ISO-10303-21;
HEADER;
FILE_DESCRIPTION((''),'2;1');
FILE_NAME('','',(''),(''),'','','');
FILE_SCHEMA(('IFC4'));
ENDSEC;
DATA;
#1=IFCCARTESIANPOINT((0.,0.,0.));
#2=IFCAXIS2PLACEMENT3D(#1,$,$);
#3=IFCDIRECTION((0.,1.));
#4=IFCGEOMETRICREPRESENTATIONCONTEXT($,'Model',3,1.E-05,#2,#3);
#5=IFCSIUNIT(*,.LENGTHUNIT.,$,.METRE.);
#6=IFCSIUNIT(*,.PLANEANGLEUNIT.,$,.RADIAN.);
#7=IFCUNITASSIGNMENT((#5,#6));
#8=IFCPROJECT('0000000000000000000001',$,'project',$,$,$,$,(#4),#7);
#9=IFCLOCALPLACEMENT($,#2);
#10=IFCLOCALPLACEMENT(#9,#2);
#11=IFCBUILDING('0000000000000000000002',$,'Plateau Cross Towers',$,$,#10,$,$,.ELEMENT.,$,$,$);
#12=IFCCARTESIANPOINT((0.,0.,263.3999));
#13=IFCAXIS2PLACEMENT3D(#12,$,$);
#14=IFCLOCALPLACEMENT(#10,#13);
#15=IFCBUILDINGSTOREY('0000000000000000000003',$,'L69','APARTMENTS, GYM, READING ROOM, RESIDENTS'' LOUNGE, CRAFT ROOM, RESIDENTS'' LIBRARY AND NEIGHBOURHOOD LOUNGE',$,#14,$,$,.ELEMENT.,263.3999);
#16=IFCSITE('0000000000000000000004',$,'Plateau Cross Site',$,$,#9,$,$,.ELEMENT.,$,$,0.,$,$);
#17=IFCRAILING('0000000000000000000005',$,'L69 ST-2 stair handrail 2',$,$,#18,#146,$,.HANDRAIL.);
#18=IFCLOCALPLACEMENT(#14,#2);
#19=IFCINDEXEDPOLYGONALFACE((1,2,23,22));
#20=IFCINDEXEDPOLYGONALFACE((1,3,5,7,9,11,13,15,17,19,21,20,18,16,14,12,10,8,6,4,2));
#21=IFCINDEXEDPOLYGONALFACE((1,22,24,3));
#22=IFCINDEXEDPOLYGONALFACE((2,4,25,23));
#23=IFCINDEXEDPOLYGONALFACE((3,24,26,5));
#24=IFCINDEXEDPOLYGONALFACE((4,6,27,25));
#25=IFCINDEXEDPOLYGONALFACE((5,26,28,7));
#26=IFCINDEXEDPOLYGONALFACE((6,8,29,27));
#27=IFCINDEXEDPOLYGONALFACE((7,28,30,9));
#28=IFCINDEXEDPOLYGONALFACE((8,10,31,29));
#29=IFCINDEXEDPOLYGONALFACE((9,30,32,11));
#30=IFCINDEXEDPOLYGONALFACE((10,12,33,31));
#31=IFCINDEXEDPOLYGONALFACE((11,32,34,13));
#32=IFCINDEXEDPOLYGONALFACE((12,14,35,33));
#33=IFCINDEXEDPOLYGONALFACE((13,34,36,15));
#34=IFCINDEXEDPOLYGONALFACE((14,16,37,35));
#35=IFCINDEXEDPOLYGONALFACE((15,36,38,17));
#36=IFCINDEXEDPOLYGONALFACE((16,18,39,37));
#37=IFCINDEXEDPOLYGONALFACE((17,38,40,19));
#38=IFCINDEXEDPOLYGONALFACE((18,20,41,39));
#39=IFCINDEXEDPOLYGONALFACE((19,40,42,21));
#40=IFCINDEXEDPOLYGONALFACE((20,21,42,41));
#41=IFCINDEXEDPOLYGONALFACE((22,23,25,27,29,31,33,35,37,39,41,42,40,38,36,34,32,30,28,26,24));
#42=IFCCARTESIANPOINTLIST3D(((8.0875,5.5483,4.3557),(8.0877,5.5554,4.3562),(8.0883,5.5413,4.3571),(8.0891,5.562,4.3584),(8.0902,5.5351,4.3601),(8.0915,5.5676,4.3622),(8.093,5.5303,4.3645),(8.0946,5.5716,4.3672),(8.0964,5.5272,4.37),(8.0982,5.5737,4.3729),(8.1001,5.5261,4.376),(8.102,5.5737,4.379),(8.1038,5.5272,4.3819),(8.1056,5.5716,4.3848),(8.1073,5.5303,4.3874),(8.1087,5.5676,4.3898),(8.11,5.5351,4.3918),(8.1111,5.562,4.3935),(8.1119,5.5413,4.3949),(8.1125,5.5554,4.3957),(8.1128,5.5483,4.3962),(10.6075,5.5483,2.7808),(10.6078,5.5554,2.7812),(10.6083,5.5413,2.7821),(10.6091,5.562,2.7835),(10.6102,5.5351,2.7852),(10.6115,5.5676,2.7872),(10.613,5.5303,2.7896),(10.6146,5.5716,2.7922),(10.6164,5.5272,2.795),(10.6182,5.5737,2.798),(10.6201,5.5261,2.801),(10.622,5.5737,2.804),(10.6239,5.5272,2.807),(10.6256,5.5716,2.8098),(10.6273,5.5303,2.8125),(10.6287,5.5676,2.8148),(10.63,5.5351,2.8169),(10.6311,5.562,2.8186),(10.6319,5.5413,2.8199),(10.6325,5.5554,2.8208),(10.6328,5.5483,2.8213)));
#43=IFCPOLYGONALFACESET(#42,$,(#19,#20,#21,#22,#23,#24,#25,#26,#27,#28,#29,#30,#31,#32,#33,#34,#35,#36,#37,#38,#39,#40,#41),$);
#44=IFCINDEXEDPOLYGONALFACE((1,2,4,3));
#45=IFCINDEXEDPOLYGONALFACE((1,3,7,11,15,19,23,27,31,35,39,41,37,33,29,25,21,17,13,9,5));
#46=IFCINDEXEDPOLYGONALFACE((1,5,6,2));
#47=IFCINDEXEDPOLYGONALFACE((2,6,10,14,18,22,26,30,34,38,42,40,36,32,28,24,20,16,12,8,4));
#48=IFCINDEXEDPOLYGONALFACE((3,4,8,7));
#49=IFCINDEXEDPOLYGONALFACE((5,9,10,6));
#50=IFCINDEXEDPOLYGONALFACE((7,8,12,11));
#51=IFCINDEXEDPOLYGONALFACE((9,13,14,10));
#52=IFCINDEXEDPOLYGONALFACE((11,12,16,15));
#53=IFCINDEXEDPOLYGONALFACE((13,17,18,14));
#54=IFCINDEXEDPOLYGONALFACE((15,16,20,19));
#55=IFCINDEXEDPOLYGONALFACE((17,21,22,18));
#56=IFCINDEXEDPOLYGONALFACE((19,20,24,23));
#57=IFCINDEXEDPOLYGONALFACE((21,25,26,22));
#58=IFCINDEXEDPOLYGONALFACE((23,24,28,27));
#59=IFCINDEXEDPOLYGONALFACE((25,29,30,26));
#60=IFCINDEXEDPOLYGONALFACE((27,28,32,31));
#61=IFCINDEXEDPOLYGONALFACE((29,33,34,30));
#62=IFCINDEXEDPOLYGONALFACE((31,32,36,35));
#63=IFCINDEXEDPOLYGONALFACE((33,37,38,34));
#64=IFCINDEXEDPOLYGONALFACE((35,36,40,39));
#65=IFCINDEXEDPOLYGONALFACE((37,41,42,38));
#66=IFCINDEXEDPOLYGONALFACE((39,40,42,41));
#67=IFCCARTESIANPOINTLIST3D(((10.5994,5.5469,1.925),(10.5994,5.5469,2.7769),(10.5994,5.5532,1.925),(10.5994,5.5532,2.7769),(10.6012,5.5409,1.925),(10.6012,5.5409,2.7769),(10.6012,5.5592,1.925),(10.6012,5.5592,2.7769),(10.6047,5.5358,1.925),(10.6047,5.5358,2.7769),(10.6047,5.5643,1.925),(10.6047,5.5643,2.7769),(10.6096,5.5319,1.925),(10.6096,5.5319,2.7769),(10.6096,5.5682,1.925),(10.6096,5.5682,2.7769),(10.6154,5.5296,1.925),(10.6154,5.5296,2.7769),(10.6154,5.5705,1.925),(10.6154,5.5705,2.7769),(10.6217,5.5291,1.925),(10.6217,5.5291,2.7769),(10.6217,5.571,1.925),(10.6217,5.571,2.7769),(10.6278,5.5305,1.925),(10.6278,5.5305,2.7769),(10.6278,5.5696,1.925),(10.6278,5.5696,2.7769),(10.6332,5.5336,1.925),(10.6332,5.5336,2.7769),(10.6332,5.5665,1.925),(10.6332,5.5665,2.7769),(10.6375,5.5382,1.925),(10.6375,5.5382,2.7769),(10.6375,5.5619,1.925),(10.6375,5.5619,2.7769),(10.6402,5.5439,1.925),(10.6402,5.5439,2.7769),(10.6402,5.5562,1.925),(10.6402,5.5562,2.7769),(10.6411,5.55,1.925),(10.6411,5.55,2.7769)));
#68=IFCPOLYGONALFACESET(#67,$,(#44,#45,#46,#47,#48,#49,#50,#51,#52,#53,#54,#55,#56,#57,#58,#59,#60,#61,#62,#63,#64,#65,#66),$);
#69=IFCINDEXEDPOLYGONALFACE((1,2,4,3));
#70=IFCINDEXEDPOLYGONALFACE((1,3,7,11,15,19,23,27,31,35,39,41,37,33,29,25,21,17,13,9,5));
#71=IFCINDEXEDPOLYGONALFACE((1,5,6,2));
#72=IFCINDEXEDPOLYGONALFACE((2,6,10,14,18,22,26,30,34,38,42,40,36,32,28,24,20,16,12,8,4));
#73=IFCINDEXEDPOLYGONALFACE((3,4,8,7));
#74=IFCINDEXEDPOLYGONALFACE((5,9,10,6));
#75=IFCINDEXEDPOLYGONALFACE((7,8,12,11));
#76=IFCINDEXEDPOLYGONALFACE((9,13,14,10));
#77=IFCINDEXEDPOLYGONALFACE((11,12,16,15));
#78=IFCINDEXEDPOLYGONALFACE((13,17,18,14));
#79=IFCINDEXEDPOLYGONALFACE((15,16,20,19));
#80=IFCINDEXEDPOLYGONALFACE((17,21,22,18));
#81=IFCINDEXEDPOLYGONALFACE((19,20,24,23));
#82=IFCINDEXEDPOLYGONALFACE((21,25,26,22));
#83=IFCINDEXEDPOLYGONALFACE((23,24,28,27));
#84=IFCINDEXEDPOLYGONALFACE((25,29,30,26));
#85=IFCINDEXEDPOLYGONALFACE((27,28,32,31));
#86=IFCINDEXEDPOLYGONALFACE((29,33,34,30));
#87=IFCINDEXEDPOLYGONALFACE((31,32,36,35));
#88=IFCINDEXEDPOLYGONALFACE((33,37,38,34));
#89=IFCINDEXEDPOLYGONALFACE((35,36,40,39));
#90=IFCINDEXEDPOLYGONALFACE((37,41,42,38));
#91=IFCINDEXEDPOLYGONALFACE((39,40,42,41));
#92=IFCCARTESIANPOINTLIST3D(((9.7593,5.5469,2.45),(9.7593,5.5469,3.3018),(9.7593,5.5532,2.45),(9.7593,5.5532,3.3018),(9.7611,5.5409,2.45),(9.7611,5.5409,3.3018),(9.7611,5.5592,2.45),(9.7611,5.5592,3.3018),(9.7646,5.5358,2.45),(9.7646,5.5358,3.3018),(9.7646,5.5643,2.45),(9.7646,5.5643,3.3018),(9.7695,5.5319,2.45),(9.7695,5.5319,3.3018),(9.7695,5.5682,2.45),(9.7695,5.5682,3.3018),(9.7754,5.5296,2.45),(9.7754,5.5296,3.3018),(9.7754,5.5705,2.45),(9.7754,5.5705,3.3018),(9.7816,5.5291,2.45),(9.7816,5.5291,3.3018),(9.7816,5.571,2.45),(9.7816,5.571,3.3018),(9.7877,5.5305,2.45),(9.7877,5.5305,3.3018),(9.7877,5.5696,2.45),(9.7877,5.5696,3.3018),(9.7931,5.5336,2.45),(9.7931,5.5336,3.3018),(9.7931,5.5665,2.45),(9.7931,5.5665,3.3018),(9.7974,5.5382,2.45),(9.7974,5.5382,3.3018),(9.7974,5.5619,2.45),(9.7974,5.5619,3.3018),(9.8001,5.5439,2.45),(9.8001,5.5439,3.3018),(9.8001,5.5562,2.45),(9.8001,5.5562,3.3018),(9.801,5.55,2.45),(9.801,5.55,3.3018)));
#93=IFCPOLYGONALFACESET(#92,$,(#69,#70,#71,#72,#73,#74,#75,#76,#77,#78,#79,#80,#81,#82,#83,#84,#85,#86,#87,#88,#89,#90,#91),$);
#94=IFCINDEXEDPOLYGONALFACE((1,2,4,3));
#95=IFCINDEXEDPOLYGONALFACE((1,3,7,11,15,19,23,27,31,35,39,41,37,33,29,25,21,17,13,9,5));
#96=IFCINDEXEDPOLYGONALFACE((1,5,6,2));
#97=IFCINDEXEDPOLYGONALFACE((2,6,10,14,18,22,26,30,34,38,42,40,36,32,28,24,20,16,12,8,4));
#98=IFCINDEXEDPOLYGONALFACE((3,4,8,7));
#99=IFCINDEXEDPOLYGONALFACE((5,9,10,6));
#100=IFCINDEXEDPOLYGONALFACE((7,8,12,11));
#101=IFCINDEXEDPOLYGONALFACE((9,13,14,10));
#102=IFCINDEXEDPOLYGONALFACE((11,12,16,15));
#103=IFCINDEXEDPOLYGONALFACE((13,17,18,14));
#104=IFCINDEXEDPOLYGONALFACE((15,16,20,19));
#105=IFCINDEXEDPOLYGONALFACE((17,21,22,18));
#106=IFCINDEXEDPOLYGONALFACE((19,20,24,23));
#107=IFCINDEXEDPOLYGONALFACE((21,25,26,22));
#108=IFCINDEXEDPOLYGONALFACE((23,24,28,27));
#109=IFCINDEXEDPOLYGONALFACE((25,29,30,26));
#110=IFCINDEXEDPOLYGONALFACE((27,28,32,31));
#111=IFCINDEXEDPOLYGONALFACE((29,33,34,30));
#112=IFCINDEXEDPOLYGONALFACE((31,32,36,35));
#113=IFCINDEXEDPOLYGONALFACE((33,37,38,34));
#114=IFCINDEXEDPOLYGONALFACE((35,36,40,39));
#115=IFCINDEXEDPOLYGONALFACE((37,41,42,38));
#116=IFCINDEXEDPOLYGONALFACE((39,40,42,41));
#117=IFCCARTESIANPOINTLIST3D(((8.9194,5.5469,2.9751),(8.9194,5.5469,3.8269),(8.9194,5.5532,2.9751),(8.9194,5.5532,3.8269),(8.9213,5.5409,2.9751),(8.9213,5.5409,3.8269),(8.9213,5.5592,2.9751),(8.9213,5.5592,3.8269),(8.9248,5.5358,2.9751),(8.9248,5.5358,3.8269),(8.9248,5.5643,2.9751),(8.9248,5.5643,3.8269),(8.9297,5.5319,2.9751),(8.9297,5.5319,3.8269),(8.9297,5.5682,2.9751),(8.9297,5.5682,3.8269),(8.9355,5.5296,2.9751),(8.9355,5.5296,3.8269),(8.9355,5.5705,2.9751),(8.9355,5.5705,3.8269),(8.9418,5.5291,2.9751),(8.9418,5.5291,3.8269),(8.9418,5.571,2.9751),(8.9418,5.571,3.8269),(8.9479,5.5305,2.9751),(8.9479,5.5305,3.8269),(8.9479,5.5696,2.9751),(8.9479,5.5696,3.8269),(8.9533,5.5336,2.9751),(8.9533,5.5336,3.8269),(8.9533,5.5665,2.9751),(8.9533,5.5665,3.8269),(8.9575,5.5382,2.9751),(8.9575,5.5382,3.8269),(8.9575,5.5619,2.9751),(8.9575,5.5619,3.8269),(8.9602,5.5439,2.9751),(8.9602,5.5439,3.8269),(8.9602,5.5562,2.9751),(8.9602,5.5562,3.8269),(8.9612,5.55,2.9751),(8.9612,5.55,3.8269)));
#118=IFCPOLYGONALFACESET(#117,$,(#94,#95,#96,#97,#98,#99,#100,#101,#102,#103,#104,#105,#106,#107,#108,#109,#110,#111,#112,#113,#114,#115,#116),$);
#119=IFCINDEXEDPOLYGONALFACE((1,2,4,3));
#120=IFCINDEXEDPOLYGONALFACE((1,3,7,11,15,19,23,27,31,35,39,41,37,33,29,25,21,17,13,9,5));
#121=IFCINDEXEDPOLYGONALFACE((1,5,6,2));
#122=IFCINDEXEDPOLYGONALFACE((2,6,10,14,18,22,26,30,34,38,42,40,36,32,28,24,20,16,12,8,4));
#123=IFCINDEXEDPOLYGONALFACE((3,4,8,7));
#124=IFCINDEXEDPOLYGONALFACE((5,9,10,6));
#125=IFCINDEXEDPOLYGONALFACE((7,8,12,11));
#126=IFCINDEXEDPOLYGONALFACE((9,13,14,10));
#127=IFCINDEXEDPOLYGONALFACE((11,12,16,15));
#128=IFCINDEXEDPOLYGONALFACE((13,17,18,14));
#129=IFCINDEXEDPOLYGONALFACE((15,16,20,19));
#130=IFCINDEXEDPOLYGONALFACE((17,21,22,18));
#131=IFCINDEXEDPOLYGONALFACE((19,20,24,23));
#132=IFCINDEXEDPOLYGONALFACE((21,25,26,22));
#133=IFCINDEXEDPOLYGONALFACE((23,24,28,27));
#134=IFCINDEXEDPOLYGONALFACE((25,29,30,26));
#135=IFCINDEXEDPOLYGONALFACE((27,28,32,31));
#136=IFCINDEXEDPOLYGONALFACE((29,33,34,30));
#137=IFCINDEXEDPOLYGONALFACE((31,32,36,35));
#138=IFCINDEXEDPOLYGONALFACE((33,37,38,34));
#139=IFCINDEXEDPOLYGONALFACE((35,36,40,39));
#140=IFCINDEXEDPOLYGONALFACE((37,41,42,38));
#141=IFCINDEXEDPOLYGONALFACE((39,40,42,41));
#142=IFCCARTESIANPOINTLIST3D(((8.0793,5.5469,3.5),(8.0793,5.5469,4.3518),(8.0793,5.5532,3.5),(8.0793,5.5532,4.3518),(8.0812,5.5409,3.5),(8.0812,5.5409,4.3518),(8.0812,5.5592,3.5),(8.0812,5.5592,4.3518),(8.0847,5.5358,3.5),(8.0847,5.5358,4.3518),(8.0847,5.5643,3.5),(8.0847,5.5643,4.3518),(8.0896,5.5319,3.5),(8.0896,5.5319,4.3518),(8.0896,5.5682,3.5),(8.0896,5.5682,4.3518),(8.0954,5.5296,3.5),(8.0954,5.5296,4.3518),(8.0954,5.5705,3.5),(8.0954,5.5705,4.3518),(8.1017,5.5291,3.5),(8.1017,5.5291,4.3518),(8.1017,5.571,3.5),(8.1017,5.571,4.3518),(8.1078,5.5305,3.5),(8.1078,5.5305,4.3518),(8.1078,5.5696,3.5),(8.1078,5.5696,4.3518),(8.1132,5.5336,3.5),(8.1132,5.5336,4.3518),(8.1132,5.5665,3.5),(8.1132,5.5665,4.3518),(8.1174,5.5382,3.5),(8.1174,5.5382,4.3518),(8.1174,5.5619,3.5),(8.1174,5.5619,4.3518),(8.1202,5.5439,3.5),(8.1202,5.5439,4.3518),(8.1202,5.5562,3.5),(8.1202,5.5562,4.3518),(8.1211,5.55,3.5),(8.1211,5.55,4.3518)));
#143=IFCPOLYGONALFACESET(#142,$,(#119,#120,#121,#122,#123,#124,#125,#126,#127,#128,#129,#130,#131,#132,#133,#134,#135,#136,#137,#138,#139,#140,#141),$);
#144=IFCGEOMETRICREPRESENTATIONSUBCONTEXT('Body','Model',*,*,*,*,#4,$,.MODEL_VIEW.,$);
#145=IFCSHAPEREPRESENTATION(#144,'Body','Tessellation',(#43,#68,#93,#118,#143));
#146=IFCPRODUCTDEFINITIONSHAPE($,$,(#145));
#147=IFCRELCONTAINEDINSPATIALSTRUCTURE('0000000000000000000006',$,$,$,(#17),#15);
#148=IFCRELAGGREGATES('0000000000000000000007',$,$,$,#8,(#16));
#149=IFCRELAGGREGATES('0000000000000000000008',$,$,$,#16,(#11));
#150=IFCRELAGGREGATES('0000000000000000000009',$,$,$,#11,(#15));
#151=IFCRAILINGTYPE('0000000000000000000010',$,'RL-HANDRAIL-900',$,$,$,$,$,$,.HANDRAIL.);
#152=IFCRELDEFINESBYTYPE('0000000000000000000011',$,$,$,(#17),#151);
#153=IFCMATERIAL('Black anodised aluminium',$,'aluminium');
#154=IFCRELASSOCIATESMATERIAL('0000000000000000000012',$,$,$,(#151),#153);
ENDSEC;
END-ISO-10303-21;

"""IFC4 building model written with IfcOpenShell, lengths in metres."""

from ifc_helpers import new_model, si_unit, direction, frame, origin, origin_2d, place, context, subcontext, project, spatial, circle, extrude, material, type_object, element, save


model = new_model("IFC4")

# Units and contexts
model_context = context("Model", 3, precision=1e-05, world=origin(), true_north=direction((0.0, 1.0)))
body_context = subcontext(model_context, "Body", "Model", "MODEL_VIEW")
ifc_project = project(units=[si_unit("LENGTHUNIT", "METRE"), si_unit("PLANEANGLEUNIT", "RADIAN")], contexts=[model_context])

# Site, building, storey
site_placement = place(None, origin())
site = spatial("IfcSite", under=ifc_project, at=site_placement, Name="Plateau Cross Site", CompositionType="ELEMENT", RefElevation=0.0)
building_placement = place(site_placement, origin())
building = spatial("IfcBuilding", under=site, at=building_placement, Name="Plateau Cross Towers", CompositionType="ELEMENT")
storey_placement = place(building_placement, frame((0.0, 0.0, 263.3999)))
storey = spatial("IfcBuildingStorey", under=building, at=storey_placement, Name="L69", Description="APARTMENTS, GYM, READING ROOM, RESIDENTS' LOUNGE, CRAFT ROOM, RESIDENTS' LIBRARY AND NEIGHBOURHOOD LOUNGE", CompositionType="ELEMENT", Elevation=263.3999)

# Shared definitions
ifc_material_1 = material(Name="Black anodised aluminium", Category="aluminium")

# Railing
railing_type_1 = type_object("IfcRailingType", Name="RL-HANDRAIL-900", PredefinedType="HANDRAIL", material=ifc_material_1)
railing_1_placement = place(storey_placement, frame((10.6201, 5.55, 1.925)))
element("IfcRailing", 1, at=railing_1_placement, inside=storey, type_object=railing_type_1, Name="L69 ST-2 stair handrail 2", PredefinedType="HANDRAIL", context=body_context, shape_type="SweptSolid", body=[
    extrude(circle(Radius=0.0239, at=origin_2d()), frame((0.0, 0.0, 0.876), z_axis=(-0.848008, 0.0, 0.529984), x_axis=(0.0, -1.0, 0.0)), (0.0, 0.0, 1.0), 2.9717),
    extrude(circle(Radius=0.021, at=origin_2d()), origin(), (0.0, 0.0, 1.0), 0.8518),
    extrude(circle(Radius=0.021, at=origin_2d()), frame((-0.8401, 0.0, 0.5249)), (0.0, 0.0, 1.0), 0.8518),
    extrude(circle(Radius=0.021, at=origin_2d()), frame((-1.6799, 0.0, 1.05)), (0.0, 0.0, 1.0), 0.8518),
    extrude(circle(Radius=0.021, at=origin_2d()), frame((-2.52, 0.0, 1.575)), (0.0, 0.0, 1.0), 0.8518),
])

save(model, "model.ifc")
